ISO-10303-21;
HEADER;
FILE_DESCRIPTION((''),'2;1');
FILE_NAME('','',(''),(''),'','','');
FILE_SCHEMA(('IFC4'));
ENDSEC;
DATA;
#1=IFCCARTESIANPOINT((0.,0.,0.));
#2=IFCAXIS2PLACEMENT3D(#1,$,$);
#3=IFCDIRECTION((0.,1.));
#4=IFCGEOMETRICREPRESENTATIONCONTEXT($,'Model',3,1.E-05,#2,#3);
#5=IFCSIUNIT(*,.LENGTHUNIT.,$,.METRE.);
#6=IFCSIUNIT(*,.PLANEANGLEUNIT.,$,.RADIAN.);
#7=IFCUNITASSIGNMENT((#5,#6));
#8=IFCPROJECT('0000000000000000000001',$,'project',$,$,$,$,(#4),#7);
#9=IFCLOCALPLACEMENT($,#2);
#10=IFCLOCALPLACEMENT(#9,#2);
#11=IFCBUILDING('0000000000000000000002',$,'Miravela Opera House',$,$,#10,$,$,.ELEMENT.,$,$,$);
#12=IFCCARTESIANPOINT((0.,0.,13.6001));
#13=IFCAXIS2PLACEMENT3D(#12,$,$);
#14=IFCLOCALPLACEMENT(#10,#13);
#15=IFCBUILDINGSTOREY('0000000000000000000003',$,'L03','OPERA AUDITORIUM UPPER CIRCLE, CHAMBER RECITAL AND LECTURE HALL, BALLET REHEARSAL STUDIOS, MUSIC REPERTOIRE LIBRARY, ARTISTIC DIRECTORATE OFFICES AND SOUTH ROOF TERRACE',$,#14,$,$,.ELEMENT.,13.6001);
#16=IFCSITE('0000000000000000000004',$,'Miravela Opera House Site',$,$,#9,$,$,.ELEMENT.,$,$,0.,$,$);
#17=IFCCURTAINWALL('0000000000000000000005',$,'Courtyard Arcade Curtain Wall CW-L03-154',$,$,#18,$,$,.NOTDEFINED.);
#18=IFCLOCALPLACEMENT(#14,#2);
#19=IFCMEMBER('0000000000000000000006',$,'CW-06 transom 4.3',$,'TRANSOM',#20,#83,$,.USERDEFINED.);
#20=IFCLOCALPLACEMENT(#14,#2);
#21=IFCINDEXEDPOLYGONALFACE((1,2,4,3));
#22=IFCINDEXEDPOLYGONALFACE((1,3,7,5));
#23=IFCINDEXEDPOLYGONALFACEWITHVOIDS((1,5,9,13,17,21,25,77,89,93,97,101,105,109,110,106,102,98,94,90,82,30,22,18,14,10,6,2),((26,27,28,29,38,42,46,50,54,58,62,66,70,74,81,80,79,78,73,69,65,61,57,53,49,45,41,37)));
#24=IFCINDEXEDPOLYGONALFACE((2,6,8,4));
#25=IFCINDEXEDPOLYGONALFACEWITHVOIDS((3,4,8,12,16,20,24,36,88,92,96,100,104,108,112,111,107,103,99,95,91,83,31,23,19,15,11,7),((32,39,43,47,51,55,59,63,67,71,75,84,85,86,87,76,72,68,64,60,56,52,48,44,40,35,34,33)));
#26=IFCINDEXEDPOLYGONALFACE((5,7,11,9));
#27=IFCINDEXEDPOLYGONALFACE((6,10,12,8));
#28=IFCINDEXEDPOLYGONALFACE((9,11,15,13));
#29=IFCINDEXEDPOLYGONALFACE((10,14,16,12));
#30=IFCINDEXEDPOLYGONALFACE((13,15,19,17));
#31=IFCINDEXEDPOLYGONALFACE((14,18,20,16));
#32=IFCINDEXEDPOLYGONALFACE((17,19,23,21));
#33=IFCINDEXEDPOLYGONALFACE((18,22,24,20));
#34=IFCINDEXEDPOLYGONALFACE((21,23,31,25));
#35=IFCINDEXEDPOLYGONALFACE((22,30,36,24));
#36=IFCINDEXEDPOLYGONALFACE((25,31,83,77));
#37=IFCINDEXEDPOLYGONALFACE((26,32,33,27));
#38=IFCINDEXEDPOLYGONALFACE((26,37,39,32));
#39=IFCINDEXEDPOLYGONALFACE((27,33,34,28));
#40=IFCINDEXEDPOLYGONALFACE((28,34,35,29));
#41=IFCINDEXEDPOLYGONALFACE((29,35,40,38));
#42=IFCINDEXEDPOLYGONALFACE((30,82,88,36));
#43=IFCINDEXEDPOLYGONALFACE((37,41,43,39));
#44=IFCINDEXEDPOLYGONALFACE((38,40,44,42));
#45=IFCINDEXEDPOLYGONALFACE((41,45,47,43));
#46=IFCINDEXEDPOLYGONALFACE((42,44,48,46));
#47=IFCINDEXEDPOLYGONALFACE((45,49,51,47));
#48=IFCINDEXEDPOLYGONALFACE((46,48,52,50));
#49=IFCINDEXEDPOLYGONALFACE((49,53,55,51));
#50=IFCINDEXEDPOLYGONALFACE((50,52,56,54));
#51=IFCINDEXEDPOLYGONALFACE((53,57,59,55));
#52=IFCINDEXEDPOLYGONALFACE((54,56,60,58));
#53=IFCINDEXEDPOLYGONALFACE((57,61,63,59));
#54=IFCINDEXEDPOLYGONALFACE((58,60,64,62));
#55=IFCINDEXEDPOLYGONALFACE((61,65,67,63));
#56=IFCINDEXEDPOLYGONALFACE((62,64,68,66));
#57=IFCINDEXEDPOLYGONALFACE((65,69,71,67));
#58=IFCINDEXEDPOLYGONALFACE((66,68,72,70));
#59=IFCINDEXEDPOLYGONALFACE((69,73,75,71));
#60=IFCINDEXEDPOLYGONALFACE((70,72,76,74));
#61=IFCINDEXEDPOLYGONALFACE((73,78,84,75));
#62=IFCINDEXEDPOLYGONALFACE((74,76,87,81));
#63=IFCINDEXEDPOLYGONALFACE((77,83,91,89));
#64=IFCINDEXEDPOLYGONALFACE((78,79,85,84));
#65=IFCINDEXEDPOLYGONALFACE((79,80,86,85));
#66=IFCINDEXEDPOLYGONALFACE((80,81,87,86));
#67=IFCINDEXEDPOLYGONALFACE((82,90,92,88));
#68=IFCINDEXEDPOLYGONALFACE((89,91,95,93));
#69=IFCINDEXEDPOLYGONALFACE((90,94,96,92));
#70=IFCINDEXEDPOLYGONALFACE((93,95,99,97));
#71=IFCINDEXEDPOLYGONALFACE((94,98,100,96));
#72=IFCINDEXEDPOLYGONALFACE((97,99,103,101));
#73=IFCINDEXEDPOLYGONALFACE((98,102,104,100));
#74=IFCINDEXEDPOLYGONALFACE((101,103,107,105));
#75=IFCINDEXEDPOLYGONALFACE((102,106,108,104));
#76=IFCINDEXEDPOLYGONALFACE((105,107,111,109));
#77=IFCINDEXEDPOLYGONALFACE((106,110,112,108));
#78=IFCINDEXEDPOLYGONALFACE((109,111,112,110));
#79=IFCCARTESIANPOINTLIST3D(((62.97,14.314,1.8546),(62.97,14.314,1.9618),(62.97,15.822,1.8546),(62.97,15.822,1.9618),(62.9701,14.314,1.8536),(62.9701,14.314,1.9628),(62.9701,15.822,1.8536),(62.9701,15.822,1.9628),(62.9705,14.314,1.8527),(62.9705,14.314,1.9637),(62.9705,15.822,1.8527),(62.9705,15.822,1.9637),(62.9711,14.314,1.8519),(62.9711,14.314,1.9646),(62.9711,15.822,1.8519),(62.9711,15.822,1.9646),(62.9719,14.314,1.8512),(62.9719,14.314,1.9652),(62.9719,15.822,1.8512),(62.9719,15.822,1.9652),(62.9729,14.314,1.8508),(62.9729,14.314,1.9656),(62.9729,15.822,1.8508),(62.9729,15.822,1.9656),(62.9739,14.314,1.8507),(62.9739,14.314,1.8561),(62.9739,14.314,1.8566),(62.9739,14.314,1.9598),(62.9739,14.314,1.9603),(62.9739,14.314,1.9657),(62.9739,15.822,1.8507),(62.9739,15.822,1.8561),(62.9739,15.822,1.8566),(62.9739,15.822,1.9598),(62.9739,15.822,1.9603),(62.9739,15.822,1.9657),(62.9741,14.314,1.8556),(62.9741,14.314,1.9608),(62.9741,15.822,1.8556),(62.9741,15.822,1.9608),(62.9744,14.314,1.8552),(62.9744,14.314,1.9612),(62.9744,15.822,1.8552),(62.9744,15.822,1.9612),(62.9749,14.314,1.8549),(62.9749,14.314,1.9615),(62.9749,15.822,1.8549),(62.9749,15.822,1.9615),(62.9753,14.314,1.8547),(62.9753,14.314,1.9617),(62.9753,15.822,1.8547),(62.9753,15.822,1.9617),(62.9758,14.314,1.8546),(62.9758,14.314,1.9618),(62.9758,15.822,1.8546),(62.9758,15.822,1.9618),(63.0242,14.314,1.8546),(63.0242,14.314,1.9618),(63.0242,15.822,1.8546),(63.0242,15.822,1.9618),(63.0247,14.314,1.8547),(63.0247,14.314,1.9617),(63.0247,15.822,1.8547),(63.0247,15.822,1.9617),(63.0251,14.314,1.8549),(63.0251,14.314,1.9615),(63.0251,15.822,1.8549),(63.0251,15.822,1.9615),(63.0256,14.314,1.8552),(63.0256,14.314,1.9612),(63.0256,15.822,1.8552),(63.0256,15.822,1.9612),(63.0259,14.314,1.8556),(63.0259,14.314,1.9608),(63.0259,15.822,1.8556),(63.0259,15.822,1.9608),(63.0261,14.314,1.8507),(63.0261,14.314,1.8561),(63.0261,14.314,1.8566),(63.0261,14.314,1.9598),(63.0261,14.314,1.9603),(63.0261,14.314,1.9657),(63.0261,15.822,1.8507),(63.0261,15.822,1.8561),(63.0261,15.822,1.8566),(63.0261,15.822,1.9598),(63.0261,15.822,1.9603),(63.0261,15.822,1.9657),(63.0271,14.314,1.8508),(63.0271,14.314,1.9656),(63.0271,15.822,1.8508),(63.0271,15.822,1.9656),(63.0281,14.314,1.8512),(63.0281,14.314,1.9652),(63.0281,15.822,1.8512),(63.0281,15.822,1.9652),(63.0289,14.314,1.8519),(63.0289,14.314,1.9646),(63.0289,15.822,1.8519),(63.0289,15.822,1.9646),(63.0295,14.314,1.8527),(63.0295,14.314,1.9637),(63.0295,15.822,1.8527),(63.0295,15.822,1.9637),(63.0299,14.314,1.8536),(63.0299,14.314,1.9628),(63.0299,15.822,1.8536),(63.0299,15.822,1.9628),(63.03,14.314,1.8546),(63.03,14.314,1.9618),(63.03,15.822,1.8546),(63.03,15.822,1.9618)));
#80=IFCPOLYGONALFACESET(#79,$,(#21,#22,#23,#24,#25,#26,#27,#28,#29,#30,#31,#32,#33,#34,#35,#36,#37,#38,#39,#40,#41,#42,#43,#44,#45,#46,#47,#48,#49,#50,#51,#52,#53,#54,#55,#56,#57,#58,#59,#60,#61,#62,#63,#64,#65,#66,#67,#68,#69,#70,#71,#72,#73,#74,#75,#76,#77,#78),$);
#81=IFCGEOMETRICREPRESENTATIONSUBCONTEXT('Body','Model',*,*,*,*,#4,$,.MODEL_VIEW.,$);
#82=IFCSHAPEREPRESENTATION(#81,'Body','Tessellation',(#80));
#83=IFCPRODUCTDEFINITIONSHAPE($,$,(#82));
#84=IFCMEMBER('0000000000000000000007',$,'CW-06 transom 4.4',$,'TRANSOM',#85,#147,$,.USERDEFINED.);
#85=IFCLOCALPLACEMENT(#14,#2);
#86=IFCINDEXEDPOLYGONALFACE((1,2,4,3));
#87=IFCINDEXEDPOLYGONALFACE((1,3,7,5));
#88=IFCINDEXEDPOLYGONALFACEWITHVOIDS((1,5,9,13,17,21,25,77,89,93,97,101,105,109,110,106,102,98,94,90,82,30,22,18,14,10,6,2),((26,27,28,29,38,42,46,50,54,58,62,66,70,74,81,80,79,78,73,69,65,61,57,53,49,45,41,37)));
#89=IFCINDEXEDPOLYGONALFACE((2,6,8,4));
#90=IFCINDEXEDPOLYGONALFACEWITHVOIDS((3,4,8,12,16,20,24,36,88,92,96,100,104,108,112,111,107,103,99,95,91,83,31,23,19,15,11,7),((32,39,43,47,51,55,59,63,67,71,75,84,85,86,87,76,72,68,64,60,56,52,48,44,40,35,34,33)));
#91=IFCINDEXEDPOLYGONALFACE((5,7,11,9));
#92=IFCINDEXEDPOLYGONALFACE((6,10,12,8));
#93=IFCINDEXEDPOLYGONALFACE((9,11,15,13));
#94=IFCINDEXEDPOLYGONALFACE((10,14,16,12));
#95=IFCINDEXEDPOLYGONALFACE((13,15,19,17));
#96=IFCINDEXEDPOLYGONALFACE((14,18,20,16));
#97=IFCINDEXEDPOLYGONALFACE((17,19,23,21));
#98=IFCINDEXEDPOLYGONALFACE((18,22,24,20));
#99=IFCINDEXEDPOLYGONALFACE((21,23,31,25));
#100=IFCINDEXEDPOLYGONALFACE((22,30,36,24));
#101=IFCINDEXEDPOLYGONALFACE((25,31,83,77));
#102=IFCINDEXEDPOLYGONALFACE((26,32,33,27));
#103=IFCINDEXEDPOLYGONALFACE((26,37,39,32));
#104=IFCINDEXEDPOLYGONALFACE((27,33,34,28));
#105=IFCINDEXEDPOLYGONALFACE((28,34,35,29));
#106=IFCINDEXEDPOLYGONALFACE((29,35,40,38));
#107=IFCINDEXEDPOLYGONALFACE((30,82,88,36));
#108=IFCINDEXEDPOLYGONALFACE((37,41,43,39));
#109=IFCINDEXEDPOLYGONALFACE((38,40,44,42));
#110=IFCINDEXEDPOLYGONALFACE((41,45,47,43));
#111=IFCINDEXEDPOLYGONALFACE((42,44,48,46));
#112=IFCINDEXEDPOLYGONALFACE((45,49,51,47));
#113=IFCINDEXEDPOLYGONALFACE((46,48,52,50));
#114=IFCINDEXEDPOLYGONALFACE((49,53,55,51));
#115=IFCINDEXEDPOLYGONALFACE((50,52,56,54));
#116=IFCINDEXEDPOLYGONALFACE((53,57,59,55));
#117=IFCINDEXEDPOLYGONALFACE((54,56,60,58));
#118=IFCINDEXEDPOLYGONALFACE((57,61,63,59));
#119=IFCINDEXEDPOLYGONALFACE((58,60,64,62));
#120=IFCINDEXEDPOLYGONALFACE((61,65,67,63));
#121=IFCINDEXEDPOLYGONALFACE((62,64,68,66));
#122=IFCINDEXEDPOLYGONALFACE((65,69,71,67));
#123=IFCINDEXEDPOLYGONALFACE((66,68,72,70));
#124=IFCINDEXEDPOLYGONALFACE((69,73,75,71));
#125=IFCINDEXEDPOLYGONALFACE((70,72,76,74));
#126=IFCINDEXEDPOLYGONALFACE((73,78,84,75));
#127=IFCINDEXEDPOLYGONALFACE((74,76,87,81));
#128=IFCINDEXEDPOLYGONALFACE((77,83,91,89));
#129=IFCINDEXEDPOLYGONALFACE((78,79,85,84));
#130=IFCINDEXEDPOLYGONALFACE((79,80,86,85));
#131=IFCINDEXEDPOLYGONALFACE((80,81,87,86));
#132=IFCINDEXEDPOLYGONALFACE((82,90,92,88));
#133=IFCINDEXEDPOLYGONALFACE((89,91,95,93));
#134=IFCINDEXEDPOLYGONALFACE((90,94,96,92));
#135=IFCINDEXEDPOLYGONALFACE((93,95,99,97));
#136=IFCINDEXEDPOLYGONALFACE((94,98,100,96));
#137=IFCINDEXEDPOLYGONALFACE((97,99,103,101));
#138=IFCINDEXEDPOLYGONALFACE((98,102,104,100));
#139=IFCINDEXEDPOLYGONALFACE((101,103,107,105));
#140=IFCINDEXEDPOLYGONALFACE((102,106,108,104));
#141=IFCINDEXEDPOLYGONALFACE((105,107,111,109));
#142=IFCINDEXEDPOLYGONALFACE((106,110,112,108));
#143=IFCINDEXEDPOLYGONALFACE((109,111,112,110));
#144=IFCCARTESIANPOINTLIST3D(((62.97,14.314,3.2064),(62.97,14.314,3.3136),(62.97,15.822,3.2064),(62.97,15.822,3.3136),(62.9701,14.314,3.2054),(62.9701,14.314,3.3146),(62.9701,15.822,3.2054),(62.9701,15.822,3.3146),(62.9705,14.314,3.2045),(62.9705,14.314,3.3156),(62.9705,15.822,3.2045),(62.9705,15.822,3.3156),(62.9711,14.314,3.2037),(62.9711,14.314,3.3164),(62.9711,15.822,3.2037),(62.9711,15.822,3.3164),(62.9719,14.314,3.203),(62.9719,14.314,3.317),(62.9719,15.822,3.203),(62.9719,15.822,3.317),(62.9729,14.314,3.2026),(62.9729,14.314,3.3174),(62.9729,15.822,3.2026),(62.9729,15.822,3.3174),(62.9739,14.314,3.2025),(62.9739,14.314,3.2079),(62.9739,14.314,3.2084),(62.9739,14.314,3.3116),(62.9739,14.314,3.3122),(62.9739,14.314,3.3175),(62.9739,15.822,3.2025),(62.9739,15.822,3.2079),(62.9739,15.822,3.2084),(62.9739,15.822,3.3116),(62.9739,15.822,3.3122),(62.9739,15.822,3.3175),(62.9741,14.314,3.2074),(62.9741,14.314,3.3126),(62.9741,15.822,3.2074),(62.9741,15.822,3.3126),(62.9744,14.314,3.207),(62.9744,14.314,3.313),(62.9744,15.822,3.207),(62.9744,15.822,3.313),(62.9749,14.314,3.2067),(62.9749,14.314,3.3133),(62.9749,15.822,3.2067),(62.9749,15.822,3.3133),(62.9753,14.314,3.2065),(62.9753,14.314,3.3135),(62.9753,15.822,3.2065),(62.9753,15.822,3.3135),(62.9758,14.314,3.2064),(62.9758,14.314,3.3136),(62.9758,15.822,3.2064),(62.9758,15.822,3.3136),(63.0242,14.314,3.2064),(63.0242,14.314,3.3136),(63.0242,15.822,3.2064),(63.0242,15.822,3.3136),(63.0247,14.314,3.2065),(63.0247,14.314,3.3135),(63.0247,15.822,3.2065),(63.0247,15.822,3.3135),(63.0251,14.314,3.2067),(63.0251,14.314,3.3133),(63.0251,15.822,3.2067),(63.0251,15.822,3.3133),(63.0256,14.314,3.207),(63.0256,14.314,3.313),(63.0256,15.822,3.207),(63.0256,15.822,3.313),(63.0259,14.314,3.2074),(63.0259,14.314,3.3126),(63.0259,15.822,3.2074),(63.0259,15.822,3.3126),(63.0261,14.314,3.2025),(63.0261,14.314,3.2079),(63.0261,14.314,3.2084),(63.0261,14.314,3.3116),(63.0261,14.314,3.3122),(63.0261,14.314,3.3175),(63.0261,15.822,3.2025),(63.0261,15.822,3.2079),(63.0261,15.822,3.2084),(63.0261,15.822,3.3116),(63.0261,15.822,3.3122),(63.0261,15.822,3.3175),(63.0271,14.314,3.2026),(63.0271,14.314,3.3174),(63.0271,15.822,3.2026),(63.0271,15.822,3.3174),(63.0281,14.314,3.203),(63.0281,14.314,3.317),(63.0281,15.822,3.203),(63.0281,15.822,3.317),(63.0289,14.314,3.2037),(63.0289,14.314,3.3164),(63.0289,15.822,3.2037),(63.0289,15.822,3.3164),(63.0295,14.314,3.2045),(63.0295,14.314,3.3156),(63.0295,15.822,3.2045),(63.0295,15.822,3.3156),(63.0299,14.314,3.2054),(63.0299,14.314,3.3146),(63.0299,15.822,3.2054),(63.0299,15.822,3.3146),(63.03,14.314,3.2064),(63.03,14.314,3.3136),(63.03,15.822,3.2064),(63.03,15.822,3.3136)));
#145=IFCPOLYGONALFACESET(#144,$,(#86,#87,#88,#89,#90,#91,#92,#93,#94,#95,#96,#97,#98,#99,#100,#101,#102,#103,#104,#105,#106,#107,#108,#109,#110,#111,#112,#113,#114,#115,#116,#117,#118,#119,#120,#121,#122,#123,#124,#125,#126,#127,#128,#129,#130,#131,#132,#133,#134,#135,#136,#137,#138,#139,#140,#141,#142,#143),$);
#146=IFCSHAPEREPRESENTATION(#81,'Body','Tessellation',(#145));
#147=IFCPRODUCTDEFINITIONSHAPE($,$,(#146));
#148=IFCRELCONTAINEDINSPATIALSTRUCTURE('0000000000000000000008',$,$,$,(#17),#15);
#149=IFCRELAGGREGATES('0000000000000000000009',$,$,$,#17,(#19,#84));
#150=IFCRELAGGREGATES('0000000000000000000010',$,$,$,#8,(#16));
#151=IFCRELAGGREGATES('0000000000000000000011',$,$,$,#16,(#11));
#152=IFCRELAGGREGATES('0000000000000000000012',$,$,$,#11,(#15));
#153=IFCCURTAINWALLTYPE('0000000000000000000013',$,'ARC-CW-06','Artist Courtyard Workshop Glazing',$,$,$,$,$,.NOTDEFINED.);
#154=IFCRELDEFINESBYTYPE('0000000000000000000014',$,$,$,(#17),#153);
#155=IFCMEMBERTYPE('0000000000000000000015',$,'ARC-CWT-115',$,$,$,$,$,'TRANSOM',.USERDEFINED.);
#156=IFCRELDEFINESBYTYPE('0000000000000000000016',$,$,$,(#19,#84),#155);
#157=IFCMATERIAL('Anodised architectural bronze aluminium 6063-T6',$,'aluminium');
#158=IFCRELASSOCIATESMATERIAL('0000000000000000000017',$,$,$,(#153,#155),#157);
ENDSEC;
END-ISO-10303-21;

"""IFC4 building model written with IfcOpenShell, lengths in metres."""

from ifc_helpers import new_model, si_unit, direction, frame, origin, origin_2d, place, context, subcontext, project, spatial, hollow_rectangle, extrude, material, material_profile, profile_set, type_object, element, aggregate, save


model = new_model("IFC4")

# Units and contexts
model_context = context("Model", 3, precision=1e-05, world=origin(), true_north=direction((0.0, 1.0)))
body_context = subcontext(model_context, "Body", "Model", "MODEL_VIEW")
ifc_project = project(units=[si_unit("LENGTHUNIT", "METRE"), si_unit("PLANEANGLEUNIT", "RADIAN")], contexts=[model_context])

# Site, building, storey
site_placement = place(None, origin())
site = spatial("IfcSite", under=ifc_project, at=site_placement, Name="Miravela Opera House Site", CompositionType="ELEMENT", RefElevation=0.0)
building_placement = place(site_placement, origin())
building = spatial("IfcBuilding", under=site, at=building_placement, Name="Miravela Opera House", CompositionType="ELEMENT")
storey_placement = place(building_placement, frame((0.0, 0.0, 13.6001)))
storey = spatial("IfcBuildingStorey", under=building, at=storey_placement, Name="L03", Description="OPERA AUDITORIUM UPPER CIRCLE, CHAMBER RECITAL AND LECTURE HALL, BALLET REHEARSAL STUDIOS, MUSIC REPERTOIRE LIBRARY, ARTISTIC DIRECTORATE OFFICES AND SOUTH ROOF TERRACE", CompositionType="ELEMENT", Elevation=13.6001)

# Curtain wall
ifc_material_1 = material(Name="Anodised architectural bronze aluminium 6063-T6", Category="aluminium")
curtain_wall_type = type_object("IfcCurtainWallType", Name="ARC-CW-06", Description="Artist Courtyard Workshop Glazing", PredefinedType="NOTDEFINED", material=ifc_material_1)
curtain_wall_1_placement = place(storey_placement, origin())
curtain_wall_1 = element("IfcCurtainWall", 1, at=curtain_wall_1_placement, inside=storey, type_object=curtain_wall_type, Name="Courtyard Arcade Curtain Wall CW-L03-154", PredefinedType="NOTDEFINED")

# Members
ifc_material_profile_1 = material_profile(ifc_material_1, hollow_rectangle(XDim=0.0601, YDim=0.115, WallThickness=0.0039, InnerFilletRadius=0.002, OuterFilletRadius=0.0039, at=origin_2d()), Name="CWT-60X115")
ifc_profile_set_1 = profile_set([ifc_material_profile_1])
member_type_1 = type_object("IfcMemberType", Name="ARC-CWT-115", ElementType="TRANSOM", PredefinedType="USERDEFINED", material=ifc_profile_set_1)
member_1_placement = place(storey_placement, frame((63.0, 14.314, 1.9082), z_axis=(0.0, 1.0, 0.0), x_axis=(-1.0, 0.0, 0.0)))
member_1 = element("IfcMember", 2, at=member_1_placement, type_object=member_type_1, Name="CW-06 transom 4.3", ObjectType="TRANSOM", PredefinedType="USERDEFINED", context=body_context, shape_type="SweptSolid", body=[
    extrude(hollow_rectangle(XDim=0.0601, YDim=0.115, WallThickness=0.0039, InnerFilletRadius=0.002, OuterFilletRadius=0.0039, at=origin_2d()), origin(), (0.0, 0.0, 1.0), 1.5081),
])
member_2_placement = place(storey_placement, frame((63.0, 14.314, 3.26), z_axis=(0.0, 1.0, 0.0), x_axis=(-1.0, 0.0, 0.0)))
member_2 = element("IfcMember", 3, at=member_2_placement, type_object=member_type_1, Name="CW-06 transom 4.4", ObjectType="TRANSOM", PredefinedType="USERDEFINED", context=body_context, shape_type="SweptSolid", body=[
    extrude(hollow_rectangle(XDim=0.0601, YDim=0.115, WallThickness=0.0039, InnerFilletRadius=0.002, OuterFilletRadius=0.0039, at=origin_2d()), origin(), (0.0, 0.0, 1.0), 1.5081),
])

aggregate(curtain_wall_1, [member_1, member_2])

save(model, "model.ifc")
